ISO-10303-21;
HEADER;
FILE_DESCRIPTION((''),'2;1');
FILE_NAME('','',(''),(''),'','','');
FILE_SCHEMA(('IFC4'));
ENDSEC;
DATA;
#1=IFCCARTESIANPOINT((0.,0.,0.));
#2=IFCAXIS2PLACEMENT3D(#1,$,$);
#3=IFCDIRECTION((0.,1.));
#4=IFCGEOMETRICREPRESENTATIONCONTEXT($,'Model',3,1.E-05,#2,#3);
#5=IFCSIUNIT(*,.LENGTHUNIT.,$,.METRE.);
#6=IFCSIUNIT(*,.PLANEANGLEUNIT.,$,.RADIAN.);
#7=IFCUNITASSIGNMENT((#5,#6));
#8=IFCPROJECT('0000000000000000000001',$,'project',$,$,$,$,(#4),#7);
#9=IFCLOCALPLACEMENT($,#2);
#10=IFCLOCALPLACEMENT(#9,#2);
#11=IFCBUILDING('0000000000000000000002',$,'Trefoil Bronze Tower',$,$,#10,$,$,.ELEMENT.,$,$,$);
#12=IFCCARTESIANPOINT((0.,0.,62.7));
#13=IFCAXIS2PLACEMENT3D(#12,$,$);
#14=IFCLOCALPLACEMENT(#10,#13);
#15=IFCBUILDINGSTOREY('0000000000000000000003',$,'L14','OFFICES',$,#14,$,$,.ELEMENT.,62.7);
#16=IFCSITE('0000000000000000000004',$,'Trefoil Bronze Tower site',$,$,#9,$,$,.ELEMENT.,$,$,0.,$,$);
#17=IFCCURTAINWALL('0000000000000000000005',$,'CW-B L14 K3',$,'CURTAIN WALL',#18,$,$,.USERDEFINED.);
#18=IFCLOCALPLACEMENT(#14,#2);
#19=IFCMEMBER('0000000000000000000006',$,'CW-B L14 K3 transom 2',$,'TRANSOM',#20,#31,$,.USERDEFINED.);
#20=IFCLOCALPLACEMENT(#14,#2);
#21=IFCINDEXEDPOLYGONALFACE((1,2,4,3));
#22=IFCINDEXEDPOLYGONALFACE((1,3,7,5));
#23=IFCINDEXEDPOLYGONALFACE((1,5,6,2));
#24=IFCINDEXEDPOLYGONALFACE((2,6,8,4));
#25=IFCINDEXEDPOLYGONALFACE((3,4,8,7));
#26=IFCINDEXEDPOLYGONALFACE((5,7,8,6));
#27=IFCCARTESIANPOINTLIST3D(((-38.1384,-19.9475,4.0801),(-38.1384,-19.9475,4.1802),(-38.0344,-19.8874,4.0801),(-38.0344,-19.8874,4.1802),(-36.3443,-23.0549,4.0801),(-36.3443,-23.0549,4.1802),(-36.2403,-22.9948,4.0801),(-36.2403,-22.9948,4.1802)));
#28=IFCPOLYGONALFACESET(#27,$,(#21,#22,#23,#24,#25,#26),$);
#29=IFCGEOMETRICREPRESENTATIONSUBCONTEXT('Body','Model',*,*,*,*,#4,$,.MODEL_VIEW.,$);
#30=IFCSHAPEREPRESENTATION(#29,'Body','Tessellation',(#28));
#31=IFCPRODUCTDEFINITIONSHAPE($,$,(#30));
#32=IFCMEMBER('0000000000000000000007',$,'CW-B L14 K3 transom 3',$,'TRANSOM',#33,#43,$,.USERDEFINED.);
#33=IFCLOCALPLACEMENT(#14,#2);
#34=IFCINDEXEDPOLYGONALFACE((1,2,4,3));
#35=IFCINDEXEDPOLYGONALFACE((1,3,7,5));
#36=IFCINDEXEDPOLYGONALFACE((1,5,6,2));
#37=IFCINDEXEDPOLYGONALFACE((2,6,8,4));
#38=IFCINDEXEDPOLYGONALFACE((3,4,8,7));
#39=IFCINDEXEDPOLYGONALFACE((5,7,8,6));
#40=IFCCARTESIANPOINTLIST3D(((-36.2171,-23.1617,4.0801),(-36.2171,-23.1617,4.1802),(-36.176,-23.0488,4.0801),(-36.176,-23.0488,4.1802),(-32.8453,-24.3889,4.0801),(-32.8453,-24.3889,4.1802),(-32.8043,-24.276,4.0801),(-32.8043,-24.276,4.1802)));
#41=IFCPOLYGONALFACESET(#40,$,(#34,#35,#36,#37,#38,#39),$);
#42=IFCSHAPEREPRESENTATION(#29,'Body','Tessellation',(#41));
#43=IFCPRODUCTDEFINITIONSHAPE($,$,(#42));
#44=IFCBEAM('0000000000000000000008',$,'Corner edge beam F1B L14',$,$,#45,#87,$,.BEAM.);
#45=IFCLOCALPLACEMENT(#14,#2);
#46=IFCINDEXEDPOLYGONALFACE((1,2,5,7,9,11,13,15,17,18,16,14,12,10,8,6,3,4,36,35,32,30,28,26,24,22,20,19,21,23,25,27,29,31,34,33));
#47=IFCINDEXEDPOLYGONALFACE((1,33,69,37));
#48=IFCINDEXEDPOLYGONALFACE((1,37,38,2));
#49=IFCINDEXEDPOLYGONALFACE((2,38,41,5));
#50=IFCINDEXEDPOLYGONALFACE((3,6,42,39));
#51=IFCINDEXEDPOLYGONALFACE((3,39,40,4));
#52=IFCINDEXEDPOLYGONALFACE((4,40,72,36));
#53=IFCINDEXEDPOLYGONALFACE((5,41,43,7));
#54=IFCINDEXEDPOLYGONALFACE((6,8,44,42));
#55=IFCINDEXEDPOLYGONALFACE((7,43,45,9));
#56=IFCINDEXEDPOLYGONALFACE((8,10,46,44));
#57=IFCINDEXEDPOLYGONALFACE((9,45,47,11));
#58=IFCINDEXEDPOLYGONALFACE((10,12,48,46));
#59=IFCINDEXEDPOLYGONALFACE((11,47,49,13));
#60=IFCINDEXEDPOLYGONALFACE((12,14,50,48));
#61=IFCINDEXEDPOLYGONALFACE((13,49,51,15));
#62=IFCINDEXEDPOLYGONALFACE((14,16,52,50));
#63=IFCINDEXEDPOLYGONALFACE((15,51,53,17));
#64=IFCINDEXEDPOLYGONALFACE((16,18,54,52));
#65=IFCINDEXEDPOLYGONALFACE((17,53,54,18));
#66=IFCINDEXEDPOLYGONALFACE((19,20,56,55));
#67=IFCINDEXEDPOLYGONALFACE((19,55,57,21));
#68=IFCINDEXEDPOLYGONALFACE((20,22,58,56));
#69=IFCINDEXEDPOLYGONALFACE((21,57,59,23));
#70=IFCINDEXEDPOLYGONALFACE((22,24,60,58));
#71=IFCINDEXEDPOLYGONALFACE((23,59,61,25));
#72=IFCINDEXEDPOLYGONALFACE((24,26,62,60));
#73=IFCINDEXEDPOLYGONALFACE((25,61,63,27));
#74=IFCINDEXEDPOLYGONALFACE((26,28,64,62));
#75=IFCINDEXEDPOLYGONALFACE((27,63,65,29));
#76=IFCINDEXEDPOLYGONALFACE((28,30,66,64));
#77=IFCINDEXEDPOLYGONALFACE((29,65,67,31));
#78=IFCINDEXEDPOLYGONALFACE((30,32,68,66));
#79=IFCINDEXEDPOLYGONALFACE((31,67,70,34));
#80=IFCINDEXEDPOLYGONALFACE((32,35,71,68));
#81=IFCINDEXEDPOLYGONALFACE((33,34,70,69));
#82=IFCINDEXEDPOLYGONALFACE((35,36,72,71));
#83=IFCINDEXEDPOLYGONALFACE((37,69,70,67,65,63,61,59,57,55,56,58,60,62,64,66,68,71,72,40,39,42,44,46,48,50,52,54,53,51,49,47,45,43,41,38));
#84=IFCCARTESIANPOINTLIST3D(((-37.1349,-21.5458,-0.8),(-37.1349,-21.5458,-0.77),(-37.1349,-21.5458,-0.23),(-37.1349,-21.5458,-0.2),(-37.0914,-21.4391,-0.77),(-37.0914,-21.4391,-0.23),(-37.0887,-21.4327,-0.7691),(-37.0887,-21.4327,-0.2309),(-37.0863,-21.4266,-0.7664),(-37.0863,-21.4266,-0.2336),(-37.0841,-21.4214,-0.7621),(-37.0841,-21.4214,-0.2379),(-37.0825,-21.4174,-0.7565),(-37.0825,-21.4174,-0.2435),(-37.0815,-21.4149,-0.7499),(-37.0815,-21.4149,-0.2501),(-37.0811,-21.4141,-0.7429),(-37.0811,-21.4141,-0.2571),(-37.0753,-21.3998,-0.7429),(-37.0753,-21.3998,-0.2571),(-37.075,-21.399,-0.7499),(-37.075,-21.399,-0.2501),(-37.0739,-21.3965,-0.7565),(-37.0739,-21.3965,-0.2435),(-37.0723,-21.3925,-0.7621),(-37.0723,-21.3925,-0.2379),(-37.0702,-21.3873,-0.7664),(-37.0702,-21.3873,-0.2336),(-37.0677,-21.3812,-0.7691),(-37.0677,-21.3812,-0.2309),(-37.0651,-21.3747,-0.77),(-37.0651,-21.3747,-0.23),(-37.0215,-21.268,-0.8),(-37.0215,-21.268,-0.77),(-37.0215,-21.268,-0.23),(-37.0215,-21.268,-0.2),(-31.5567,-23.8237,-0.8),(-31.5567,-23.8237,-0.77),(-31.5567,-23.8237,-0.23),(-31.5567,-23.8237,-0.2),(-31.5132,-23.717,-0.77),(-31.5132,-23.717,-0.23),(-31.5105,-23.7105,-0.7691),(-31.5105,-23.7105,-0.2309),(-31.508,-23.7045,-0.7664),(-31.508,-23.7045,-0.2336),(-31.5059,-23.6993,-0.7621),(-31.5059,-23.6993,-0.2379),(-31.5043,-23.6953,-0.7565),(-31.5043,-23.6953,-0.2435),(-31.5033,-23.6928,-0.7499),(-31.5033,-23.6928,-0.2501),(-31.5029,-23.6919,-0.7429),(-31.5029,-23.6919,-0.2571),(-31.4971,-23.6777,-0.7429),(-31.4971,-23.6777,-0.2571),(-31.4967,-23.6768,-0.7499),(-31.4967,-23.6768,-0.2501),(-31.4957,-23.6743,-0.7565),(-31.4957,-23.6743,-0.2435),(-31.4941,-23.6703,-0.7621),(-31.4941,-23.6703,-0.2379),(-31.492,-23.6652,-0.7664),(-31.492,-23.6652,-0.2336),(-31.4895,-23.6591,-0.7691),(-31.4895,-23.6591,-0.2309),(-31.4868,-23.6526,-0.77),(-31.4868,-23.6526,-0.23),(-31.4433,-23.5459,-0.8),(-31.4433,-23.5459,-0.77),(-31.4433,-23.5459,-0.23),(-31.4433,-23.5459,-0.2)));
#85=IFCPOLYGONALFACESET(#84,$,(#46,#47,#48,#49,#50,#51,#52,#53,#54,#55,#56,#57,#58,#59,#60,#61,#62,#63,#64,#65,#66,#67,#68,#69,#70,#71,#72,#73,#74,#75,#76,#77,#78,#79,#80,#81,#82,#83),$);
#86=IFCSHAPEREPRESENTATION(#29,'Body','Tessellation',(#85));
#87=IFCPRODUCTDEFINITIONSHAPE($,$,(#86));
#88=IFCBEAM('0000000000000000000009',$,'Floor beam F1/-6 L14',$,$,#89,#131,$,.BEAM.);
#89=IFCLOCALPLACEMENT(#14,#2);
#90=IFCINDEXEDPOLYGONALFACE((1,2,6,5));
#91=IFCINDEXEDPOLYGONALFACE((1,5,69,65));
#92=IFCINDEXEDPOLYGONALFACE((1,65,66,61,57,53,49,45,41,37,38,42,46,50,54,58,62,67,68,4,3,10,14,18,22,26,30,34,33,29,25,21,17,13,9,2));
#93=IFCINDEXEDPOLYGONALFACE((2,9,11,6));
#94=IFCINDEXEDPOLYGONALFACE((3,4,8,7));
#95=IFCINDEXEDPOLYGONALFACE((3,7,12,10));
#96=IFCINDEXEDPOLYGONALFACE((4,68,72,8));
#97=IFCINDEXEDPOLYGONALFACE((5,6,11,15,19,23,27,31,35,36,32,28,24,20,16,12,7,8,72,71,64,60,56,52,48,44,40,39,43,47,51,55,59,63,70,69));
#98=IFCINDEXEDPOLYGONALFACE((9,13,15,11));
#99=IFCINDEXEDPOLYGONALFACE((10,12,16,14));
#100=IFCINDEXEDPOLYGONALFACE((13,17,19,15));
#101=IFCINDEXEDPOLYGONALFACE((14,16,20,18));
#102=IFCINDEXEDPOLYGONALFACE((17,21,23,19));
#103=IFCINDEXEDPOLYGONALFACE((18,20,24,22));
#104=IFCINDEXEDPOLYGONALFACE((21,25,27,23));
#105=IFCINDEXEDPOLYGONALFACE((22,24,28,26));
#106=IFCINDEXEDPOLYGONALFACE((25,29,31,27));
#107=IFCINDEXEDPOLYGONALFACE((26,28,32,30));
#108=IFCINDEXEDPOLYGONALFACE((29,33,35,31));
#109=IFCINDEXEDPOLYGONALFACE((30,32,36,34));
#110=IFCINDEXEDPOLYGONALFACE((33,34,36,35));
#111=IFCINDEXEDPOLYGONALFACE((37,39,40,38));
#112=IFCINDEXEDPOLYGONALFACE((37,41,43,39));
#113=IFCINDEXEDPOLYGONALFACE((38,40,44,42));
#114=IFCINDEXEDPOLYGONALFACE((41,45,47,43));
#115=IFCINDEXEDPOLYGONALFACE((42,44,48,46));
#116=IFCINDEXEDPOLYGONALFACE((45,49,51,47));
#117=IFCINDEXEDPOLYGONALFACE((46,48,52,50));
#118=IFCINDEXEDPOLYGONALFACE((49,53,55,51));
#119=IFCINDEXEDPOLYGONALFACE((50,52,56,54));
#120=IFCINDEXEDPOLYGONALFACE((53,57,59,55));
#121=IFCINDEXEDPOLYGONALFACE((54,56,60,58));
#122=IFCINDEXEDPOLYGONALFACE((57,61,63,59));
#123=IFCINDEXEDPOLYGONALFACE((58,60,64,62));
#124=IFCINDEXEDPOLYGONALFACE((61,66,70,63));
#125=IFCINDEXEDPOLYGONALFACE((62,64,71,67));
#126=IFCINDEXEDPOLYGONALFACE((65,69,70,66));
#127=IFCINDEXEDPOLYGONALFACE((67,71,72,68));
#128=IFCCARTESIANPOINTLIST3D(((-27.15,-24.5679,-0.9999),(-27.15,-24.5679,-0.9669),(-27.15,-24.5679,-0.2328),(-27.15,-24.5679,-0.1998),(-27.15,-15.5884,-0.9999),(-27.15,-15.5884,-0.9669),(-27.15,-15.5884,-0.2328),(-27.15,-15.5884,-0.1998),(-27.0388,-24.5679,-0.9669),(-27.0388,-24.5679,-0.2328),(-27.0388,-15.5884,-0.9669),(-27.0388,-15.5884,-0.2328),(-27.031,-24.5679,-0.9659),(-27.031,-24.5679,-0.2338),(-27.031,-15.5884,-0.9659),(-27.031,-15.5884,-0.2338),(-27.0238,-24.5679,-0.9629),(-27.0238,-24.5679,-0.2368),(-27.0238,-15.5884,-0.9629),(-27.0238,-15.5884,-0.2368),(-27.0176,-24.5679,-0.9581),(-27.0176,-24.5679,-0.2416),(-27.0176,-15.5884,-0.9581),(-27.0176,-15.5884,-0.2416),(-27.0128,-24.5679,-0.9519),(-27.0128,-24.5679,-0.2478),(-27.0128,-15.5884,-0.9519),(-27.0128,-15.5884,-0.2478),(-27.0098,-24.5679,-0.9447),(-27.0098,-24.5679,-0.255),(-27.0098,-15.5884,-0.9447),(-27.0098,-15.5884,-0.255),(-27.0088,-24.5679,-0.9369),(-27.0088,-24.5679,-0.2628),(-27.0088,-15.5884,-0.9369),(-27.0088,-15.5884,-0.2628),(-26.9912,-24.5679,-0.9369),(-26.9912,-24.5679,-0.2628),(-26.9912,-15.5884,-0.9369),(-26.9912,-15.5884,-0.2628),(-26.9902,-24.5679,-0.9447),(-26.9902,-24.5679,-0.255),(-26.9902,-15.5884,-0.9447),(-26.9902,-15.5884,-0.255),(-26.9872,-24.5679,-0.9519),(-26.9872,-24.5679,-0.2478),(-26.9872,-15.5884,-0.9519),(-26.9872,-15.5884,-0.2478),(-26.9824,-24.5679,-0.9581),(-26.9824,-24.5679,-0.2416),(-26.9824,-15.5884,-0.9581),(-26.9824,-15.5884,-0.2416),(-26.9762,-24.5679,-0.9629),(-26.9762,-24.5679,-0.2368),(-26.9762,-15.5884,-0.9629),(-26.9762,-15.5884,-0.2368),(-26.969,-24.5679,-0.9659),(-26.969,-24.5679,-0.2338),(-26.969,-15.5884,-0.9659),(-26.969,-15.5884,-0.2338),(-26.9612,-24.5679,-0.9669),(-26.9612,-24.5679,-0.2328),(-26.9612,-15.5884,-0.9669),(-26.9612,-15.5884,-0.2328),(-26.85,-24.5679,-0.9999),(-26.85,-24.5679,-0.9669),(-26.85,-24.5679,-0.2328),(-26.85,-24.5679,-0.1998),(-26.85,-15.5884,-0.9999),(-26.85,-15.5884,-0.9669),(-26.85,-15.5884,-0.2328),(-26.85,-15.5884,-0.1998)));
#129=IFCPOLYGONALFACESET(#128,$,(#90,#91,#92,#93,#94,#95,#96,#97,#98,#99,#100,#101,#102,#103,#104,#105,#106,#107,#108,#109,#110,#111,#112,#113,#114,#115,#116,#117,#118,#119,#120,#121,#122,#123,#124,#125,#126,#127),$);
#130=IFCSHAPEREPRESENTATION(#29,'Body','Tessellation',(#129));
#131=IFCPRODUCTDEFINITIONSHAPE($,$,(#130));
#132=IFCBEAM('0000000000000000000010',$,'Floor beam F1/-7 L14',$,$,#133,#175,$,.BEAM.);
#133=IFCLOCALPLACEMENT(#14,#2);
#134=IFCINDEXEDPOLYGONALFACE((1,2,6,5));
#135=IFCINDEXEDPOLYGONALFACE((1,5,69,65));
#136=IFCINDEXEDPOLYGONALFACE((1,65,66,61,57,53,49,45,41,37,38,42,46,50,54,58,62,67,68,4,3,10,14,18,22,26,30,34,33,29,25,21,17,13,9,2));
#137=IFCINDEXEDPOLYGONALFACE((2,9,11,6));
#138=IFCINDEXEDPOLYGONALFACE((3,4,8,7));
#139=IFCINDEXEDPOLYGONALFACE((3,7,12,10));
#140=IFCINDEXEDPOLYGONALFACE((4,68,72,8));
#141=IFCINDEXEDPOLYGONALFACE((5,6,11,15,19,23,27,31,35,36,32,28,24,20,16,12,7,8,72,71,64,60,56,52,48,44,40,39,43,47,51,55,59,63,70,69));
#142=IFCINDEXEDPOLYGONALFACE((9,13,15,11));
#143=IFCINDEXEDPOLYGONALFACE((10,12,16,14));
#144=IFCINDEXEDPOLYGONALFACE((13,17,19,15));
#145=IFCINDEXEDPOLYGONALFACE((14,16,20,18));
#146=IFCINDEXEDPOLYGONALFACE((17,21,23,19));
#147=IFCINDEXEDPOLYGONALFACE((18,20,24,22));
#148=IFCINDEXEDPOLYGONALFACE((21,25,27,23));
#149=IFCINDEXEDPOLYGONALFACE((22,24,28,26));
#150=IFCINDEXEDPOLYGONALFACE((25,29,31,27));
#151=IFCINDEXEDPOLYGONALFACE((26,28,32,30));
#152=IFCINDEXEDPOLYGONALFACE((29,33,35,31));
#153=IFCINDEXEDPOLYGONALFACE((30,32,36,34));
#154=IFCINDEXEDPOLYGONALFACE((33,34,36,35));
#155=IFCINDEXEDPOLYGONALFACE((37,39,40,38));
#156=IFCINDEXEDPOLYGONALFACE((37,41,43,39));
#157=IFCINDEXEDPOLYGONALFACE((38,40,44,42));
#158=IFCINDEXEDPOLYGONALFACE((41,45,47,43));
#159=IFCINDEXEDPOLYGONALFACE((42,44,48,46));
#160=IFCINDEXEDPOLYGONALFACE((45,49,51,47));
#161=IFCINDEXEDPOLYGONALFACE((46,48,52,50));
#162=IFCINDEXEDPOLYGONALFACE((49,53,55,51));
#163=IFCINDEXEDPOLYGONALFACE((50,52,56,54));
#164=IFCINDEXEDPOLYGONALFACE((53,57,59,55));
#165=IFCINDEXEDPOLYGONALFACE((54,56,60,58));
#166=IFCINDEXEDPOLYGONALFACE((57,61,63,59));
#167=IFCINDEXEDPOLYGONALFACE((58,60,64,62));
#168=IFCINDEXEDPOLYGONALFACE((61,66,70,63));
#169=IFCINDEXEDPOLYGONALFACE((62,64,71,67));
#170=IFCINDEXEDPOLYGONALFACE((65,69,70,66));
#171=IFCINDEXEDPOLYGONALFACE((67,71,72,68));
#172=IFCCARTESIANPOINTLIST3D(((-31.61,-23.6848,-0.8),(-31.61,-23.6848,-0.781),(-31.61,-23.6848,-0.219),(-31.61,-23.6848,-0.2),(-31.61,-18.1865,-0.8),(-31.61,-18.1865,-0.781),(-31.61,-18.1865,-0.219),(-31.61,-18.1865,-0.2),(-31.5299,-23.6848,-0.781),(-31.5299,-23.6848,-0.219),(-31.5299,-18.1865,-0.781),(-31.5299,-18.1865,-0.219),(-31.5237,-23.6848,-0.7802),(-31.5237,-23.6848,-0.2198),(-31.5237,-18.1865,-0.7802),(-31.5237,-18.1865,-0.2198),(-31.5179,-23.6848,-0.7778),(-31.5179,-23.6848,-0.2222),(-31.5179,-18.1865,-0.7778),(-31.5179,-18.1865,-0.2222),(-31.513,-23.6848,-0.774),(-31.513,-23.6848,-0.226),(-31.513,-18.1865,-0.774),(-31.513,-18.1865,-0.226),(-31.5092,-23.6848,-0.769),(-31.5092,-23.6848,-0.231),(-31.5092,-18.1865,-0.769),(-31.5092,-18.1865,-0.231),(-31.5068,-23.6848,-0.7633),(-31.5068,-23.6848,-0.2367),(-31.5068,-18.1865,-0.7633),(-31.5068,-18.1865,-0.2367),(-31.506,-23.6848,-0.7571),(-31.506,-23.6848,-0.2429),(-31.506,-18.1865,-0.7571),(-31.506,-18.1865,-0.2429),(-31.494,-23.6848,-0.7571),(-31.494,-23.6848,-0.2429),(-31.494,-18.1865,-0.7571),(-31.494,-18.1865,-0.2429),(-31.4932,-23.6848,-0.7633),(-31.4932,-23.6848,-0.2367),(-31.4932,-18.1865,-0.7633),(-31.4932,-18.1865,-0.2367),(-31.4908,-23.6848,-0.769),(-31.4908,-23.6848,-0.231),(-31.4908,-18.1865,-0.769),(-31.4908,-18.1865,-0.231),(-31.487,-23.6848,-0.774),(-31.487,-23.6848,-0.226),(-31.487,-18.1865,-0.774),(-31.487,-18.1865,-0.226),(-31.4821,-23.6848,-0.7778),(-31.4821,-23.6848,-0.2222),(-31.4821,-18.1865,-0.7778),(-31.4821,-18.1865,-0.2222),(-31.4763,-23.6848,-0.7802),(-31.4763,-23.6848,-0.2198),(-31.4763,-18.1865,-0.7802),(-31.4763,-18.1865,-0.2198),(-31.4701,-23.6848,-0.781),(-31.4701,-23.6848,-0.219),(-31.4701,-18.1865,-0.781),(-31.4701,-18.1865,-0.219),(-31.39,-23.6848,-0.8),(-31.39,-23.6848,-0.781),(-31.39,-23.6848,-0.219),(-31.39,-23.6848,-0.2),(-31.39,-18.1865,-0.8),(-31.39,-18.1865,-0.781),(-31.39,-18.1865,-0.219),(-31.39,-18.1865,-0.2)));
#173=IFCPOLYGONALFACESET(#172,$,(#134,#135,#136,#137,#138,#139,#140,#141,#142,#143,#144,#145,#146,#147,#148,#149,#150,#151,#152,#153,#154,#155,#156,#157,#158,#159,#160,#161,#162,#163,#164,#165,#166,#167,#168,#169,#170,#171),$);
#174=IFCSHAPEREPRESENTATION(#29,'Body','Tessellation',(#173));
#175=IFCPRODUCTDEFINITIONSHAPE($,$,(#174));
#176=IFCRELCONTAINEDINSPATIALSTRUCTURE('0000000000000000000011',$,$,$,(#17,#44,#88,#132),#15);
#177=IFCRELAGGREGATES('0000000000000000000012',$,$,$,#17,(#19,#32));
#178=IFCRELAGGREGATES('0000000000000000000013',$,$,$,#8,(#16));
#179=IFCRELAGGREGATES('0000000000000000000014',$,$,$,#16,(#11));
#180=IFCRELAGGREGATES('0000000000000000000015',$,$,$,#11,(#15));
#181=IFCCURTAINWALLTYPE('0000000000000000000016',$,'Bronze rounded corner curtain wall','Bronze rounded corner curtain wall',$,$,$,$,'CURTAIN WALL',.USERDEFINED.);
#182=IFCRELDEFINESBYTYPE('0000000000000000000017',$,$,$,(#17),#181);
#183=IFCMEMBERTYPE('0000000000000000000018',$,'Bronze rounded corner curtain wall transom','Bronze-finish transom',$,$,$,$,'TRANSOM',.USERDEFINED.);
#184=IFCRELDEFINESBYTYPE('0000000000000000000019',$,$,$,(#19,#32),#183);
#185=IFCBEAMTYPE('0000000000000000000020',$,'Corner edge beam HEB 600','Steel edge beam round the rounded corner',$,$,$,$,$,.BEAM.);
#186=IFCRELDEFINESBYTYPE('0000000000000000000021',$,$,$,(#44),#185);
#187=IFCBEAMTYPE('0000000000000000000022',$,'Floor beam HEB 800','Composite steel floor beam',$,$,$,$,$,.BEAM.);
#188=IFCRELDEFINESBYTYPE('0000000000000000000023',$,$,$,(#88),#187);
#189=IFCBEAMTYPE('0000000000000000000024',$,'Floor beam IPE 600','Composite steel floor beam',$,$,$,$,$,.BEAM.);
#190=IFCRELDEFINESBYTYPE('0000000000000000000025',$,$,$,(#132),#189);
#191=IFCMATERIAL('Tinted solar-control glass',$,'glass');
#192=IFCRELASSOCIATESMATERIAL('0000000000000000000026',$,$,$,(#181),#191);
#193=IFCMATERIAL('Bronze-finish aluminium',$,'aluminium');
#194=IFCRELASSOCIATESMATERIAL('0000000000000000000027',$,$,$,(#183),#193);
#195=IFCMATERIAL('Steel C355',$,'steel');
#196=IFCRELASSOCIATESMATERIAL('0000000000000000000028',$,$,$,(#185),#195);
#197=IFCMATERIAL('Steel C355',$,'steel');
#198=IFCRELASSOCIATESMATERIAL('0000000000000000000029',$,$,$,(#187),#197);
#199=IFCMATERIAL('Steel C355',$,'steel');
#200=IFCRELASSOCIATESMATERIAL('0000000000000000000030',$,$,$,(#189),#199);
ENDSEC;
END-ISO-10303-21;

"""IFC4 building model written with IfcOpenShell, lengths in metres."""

from ifc_helpers import new_model, si_unit, direction, frame, origin, origin_2d, place, context, subcontext, project, spatial, rectangle, i_section, extrude, material, material_profile, profile_set, type_object, element, aggregate, save


model = new_model("IFC4")

# Units and contexts
model_context = context("Model", 3, precision=1e-05, world=origin(), true_north=direction((0.0, 1.0)))
body_context = subcontext(model_context, "Body", "Model", "MODEL_VIEW")
ifc_project = project(units=[si_unit("LENGTHUNIT", "METRE"), si_unit("PLANEANGLEUNIT", "RADIAN")], contexts=[model_context])

# Site, building, storey
site_placement = place(None, origin())
site = spatial("IfcSite", under=ifc_project, at=site_placement, Name="Trefoil Bronze Tower site", CompositionType="ELEMENT", RefElevation=0.0)
building_placement = place(site_placement, origin())
building = spatial("IfcBuilding", under=site, at=building_placement, Name="Trefoil Bronze Tower", CompositionType="ELEMENT")
storey_placement = place(building_placement, frame((0.0, 0.0, 62.7)))
storey = spatial("IfcBuildingStorey", under=building, at=storey_placement, Name="L14", Description="OFFICES", CompositionType="ELEMENT", Elevation=62.7)

# Curtain wall, members
ifc_material_1 = material(Name="Tinted solar-control glass", Category="glass")
curtain_wall_type_1 = type_object("IfcCurtainWallType", Name="Bronze rounded corner curtain wall", Description="Bronze rounded corner curtain wall", ElementType="CURTAIN WALL", PredefinedType="USERDEFINED", material=ifc_material_1)
curtain_wall_1_placement = place(storey_placement, origin())
curtain_wall_1 = element("IfcCurtainWall", 1, at=curtain_wall_1_placement, inside=storey, type_object=curtain_wall_type_1, Name="CW-B L14 K3", ObjectType="CURTAIN WALL", PredefinedType="USERDEFINED")
ifc_material_2 = material(Name="Bronze-finish aluminium", Category="aluminium")
ifc_material_profile_1 = material_profile(ifc_material_2, rectangle(XDim=0.1201, YDim=0.1001, at=origin_2d()), Name="CW-B transom")
ifc_profile_set_1 = profile_set([ifc_material_profile_1], Name="Bronze-finish aluminium")
member_type_1 = type_object("IfcMemberType", Name="Bronze rounded corner curtain wall transom", Description="Bronze-finish transom", ElementType="TRANSOM", PredefinedType="USERDEFINED", material=ifc_profile_set_1)
member_1_placement = place(storey_placement, frame((-38.0864, -19.9175, 4.1301), z_axis=(0.500025, -0.866011, 0.0), x_axis=(0.866011, 0.500025, 0.0)))
member_1 = element("IfcMember", 2, at=member_1_placement, type_object=member_type_1, Name="CW-B L14 K3 transom 2", ObjectType="TRANSOM", PredefinedType="USERDEFINED", context=body_context, shape_type="SweptSolid", body=[
    extrude(rectangle(XDim=0.1201, YDim=0.1001, at=origin_2d()), origin(), (0.0, 0.0, 1.0), 3.5881),
])
member_2_placement = place(storey_placement, frame((-36.1965, -23.1052, 4.1301), z_axis=(0.939688, -0.342033, 0.0), x_axis=(0.342033, 0.939688, 0.0)))
member_2 = element("IfcMember", 3, at=member_2_placement, type_object=member_type_1, Name="CW-B L14 K3 transom 3", ObjectType="TRANSOM", PredefinedType="USERDEFINED", context=body_context, shape_type="SweptSolid", body=[
    extrude(rectangle(XDim=0.1201, YDim=0.1001, at=origin_2d()), origin(), (0.0, 0.0, 1.0), 3.5881),
])

# Beams
ifc_material_3 = material(Name="Steel C355", Category="steel")
ifc_material_profile_2 = material_profile(ifc_material_3, i_section(OverallWidth=0.3, OverallDepth=0.6001, WebThickness=0.0154, FlangeThickness=0.03, FilletRadius=0.0271, at=origin_2d()), Name="HEB 600")
ifc_profile_set_2 = profile_set([ifc_material_profile_2], Name="Steel C355")
beam_type_1 = type_object("IfcBeamType", Name="Corner edge beam HEB 600", Description="Steel edge beam round the rounded corner", PredefinedType="BEAM", material=ifc_profile_set_2)
beam_1_placement = place(storey_placement, frame((-31.5, -23.6848, -0.5), z_axis=(-0.925787, 0.378046, 0.0), x_axis=(-0.378046, -0.925787, 0.0)))
element("IfcBeam", 4, at=beam_1_placement, inside=storey, type_object=beam_type_1, Name="Corner edge beam F1B L14", PredefinedType="BEAM", context=body_context, shape_type="SweptSolid", body=[
    extrude(i_section(OverallWidth=0.3, OverallDepth=0.6001, WebThickness=0.0154, FlangeThickness=0.03, FilletRadius=0.0271, at=origin_2d()), origin(), (0.0, 0.0, 1.0), 6.0254),
])
ifc_material_4 = material(Name="Steel C355", Category="steel")
ifc_material_profile_3 = material_profile(ifc_material_4, i_section(OverallWidth=0.3, OverallDepth=0.8, WebThickness=0.0176, FlangeThickness=0.033, FilletRadius=0.03, at=origin_2d()), Name="HEB 800")
ifc_profile_set_3 = profile_set([ifc_material_profile_3], Name="Steel C355")
beam_type_2 = type_object("IfcBeamType", Name="Floor beam HEB 800", Description="Composite steel floor beam", PredefinedType="BEAM", material=ifc_profile_set_3)
beam_2_placement = place(storey_placement, frame((-27.0, -24.5679, -0.5999), z_axis=(0.0, 1.0, 0.0), x_axis=(-1.0, 0.0, 0.0)))
element("IfcBeam", 5, at=beam_2_placement, inside=storey, type_object=beam_type_2, Name="Floor beam F1/-6 L14", PredefinedType="BEAM", context=body_context, shape_type="SweptSolid", body=[
    extrude(i_section(OverallWidth=0.3, OverallDepth=0.8, WebThickness=0.0176, FlangeThickness=0.033, FilletRadius=0.03, at=origin_2d()), origin(), (0.0, 0.0, 1.0), 8.9795),
])
ifc_material_5 = material(Name="Steel C355", Category="steel")
ifc_material_profile_4 = material_profile(ifc_material_5, i_section(OverallWidth=0.22, OverallDepth=0.6001, WebThickness=0.012, FlangeThickness=0.019, FilletRadius=0.0239, at=origin_2d()), Name="IPE 600")
ifc_profile_set_4 = profile_set([ifc_material_profile_4], Name="Steel C355")
beam_type_3 = type_object("IfcBeamType", Name="Floor beam IPE 600", Description="Composite steel floor beam", PredefinedType="BEAM", material=ifc_profile_set_4)
beam_3_placement = place(storey_placement, frame((-31.5, -23.6848, -0.5), z_axis=(0.0, 1.0, 0.0), x_axis=(-1.0, 0.0, 0.0)))
element("IfcBeam", 6, at=beam_3_placement, inside=storey, type_object=beam_type_3, Name="Floor beam F1/-7 L14", PredefinedType="BEAM", context=body_context, shape_type="SweptSolid", body=[
    extrude(i_section(OverallWidth=0.22, OverallDepth=0.6001, WebThickness=0.012, FlangeThickness=0.019, FilletRadius=0.0239, at=origin_2d()), origin(), (0.0, 0.0, 1.0), 5.4983),
])

aggregate(curtain_wall_1, [member_1, member_2])

save(model, "model.ifc")
